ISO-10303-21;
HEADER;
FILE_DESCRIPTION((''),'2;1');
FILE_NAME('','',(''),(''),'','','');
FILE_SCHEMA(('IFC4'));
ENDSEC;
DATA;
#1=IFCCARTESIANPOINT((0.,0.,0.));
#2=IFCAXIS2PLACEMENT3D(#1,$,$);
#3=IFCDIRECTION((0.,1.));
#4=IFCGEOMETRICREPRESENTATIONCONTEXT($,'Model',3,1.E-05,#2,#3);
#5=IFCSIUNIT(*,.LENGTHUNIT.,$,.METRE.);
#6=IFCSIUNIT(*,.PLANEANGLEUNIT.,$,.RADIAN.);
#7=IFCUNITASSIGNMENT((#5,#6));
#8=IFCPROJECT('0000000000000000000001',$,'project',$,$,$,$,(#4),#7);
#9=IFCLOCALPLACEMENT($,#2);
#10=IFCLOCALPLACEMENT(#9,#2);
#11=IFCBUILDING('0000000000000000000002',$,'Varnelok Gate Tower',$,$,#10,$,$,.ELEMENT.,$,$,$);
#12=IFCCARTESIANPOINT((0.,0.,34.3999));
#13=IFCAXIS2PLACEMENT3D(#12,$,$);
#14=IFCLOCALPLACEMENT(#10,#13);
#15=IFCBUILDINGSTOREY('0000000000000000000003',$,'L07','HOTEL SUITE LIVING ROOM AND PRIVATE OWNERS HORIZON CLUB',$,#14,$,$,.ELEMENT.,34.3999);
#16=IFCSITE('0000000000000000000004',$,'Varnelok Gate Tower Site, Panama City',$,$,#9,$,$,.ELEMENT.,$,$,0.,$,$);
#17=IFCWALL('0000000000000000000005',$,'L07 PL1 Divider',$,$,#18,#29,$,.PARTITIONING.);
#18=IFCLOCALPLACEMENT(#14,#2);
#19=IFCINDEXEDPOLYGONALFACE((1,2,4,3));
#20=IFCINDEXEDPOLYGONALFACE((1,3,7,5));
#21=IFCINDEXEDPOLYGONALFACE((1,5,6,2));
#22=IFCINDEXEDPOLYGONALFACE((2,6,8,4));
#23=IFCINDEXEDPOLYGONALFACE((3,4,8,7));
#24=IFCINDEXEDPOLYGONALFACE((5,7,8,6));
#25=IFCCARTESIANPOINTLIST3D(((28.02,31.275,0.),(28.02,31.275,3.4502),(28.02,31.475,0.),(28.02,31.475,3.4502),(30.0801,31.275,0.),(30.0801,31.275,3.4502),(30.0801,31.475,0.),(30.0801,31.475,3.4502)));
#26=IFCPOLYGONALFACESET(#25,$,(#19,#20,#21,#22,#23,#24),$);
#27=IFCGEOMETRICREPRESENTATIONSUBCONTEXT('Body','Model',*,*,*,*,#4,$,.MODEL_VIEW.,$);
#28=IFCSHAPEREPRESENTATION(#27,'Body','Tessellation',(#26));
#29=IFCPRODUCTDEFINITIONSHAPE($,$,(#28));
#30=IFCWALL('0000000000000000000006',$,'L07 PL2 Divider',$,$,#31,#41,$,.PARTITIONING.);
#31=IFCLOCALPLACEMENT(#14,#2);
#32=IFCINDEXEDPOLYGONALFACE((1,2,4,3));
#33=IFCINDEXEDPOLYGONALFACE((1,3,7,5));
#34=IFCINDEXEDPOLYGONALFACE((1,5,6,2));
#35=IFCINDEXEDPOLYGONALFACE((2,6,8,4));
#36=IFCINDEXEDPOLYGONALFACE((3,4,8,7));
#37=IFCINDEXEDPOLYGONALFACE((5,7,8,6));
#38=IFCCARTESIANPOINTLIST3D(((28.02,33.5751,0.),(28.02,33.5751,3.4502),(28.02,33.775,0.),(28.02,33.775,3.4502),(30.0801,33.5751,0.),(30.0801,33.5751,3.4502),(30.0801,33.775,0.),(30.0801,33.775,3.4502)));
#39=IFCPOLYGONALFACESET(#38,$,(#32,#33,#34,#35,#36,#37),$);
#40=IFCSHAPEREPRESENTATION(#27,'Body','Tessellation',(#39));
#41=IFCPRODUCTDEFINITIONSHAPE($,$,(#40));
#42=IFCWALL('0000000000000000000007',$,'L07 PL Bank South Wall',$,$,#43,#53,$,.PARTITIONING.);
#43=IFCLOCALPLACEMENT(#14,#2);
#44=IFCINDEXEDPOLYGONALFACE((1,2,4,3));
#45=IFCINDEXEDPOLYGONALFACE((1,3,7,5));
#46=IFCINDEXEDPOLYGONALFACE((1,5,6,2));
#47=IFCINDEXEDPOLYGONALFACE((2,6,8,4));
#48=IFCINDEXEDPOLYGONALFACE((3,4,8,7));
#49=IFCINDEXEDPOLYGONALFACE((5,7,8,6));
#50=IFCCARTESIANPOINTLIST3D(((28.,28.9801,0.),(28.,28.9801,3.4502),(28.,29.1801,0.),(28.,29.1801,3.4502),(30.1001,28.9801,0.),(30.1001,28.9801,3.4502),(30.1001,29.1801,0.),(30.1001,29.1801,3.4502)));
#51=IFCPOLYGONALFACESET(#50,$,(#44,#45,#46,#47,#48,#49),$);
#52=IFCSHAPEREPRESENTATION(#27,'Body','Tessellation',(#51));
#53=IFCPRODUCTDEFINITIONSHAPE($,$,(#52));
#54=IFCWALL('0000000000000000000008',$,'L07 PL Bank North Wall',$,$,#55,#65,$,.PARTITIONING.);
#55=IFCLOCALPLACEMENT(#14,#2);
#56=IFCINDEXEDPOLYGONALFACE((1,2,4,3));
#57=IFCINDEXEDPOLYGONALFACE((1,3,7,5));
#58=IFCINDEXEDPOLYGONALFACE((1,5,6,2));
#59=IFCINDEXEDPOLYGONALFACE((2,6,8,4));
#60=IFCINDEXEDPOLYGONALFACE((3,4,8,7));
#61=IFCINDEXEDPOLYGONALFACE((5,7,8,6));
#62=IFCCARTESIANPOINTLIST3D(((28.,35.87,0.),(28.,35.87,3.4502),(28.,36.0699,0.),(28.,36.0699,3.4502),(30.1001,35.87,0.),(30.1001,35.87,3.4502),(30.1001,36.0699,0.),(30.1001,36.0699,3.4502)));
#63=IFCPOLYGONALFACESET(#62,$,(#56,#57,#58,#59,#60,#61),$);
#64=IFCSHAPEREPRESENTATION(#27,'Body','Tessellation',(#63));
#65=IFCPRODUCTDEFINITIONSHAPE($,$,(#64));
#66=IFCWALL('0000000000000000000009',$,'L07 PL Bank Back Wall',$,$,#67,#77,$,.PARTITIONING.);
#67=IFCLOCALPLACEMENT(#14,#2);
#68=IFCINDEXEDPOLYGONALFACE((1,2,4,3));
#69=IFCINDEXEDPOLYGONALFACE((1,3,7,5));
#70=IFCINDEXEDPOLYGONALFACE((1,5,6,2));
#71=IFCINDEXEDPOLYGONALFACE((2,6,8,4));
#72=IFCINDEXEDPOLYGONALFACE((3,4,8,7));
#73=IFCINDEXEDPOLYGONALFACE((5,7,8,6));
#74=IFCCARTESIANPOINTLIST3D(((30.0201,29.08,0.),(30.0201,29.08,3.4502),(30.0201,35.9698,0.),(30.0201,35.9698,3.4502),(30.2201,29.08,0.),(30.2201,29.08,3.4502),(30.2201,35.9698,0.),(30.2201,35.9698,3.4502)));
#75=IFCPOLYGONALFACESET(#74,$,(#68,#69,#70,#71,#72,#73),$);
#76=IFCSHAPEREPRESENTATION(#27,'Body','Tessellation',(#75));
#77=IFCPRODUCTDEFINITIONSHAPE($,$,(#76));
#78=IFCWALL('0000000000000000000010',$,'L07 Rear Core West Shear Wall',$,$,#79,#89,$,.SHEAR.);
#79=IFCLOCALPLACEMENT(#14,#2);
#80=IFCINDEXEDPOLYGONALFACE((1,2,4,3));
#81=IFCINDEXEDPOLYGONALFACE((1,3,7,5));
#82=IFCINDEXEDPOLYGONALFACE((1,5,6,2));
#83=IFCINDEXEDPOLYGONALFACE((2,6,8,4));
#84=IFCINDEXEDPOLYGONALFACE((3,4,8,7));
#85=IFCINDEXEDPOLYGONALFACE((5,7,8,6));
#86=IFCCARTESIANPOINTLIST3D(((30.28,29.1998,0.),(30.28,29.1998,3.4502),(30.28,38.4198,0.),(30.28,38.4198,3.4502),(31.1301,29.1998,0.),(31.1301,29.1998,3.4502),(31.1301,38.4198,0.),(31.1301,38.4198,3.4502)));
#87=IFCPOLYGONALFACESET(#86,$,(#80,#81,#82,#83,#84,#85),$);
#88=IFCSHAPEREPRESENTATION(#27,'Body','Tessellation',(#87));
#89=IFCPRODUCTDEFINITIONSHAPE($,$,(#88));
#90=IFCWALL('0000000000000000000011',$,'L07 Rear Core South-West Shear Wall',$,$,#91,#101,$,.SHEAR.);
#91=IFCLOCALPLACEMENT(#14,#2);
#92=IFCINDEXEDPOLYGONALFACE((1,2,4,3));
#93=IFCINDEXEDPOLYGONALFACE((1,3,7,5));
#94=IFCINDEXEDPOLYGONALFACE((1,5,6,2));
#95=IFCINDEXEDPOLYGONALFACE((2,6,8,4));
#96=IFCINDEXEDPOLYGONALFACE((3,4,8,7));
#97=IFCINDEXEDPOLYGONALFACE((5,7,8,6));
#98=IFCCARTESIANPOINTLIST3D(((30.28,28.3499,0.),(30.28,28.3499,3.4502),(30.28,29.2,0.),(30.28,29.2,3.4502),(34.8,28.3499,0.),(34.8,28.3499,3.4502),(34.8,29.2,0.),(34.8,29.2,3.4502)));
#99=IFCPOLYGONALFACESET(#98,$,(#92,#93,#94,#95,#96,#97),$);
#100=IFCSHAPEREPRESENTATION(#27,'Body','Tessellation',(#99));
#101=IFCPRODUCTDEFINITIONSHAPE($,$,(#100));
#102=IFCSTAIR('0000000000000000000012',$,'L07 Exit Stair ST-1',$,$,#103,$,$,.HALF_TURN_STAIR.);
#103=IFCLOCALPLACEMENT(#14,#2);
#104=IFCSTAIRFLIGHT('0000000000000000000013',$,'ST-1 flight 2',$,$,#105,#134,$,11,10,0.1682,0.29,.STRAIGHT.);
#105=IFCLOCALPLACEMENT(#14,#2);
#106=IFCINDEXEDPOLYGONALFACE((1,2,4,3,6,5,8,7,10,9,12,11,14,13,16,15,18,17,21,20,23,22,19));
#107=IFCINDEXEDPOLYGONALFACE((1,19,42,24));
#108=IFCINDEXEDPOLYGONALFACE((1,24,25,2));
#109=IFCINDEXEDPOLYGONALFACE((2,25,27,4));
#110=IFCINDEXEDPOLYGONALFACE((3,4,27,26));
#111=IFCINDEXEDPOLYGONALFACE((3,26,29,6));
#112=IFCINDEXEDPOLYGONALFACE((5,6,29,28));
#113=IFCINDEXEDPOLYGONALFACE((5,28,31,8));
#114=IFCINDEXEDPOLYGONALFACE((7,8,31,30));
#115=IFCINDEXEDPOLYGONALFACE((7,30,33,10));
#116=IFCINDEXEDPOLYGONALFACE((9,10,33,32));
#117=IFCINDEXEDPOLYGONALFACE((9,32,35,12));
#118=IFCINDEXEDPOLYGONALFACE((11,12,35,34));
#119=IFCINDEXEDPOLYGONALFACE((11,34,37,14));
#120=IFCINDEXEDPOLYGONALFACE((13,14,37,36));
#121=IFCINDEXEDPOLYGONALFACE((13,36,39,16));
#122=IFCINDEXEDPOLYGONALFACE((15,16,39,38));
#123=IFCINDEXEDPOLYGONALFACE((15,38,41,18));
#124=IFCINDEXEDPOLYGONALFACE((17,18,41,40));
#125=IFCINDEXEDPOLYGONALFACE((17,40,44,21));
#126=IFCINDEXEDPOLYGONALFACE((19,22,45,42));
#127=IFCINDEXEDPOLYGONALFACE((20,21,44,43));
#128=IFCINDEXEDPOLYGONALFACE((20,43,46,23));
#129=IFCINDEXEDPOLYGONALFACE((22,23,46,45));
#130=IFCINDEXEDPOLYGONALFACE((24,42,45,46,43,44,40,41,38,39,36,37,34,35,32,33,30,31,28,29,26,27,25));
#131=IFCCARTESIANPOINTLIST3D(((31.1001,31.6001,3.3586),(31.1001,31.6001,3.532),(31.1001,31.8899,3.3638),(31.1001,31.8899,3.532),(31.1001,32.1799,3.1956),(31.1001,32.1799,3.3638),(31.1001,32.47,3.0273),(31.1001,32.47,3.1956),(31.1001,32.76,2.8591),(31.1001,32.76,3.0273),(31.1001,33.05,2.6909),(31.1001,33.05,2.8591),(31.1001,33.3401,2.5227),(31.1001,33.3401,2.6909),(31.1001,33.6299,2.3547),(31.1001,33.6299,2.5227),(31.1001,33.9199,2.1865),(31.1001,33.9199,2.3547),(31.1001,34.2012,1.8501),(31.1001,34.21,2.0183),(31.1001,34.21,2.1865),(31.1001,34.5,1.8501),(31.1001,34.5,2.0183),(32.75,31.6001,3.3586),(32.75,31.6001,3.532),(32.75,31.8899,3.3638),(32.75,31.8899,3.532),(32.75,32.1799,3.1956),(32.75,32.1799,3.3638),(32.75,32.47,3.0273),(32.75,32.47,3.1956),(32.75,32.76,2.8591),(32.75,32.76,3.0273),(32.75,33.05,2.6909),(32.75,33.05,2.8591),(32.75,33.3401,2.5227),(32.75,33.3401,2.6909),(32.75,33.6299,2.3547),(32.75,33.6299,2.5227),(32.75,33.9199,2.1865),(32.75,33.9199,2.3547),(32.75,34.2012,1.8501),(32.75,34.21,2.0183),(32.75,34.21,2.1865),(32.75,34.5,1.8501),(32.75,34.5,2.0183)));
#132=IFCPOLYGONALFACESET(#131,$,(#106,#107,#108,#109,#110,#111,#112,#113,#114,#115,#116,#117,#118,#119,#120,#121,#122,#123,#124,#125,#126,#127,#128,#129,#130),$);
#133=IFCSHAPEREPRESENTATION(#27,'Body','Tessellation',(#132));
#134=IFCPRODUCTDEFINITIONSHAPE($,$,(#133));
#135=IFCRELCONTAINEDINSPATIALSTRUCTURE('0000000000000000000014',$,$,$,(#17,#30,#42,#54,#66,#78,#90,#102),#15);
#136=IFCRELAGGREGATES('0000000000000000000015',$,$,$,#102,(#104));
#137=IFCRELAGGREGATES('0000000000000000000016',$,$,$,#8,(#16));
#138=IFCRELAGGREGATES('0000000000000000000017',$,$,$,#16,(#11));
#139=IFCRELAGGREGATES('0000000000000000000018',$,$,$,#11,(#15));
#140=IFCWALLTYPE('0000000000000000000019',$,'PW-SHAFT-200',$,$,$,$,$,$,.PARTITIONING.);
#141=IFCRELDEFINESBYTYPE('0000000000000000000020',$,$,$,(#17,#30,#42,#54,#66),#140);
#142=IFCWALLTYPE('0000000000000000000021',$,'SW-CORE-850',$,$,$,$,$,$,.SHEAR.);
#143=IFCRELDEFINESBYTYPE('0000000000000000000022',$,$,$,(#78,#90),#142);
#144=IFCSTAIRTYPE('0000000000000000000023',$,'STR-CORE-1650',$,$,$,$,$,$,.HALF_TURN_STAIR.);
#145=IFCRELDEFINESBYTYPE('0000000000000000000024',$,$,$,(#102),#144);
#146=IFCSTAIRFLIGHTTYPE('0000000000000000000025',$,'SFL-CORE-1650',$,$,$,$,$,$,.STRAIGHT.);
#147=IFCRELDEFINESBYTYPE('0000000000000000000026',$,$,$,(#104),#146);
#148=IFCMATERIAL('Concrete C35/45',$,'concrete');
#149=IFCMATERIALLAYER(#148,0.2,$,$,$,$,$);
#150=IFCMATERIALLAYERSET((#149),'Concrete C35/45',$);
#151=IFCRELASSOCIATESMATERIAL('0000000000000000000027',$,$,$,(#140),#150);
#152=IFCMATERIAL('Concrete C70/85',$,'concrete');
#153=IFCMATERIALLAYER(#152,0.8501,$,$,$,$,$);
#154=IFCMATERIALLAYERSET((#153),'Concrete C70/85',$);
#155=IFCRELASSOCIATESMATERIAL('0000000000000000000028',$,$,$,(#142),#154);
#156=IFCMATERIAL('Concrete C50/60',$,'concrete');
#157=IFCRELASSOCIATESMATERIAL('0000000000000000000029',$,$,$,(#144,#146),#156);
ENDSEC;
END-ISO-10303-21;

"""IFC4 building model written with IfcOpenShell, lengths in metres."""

from ifc_helpers import new_model, si_unit, direction, frame, frame_2d, origin, place, context, subcontext, project, spatial, polyline, rectangle, outline, extrude, material, layer, layer_set, type_object, element, aggregate, save


model = new_model("IFC4")

# Units and contexts
model_context = context("Model", 3, precision=1e-05, world=origin(), true_north=direction((0.0, 1.0)))
body_context = subcontext(model_context, "Body", "Model", "MODEL_VIEW")
ifc_project = project(units=[si_unit("LENGTHUNIT", "METRE"), si_unit("PLANEANGLEUNIT", "RADIAN")], contexts=[model_context])

# Site, building, storey
site_placement = place(None, origin())
site = spatial("IfcSite", under=ifc_project, at=site_placement, Name="Varnelok Gate Tower Site, Panama City", CompositionType="ELEMENT", RefElevation=0.0)
building_placement = place(site_placement, origin())
building = spatial("IfcBuilding", under=site, at=building_placement, Name="Varnelok Gate Tower", CompositionType="ELEMENT")
storey_placement = place(building_placement, frame((0.0, 0.0, 34.3999)))
storey = spatial("IfcBuildingStorey", under=building, at=storey_placement, Name="L07", Description="HOTEL SUITE LIVING ROOM AND PRIVATE OWNERS HORIZON CLUB", CompositionType="ELEMENT", Elevation=34.3999)

# Walls
ifc_material_1 = material(Name="Concrete C35/45", Category="concrete")
ifc_layer_1 = layer(ifc_material_1, 0.2)
ifc_layer_set_1 = layer_set([ifc_layer_1], Name="Concrete C35/45")
wall_type_1 = type_object("IfcWallType", Name="PW-SHAFT-200", PredefinedType="PARTITIONING", material=ifc_layer_set_1)
for number, where, z_axis, x_axis, name in (
    (1, (28.02, 31.375, 0.0), (0.0, 0.0, 1.0), (1.0, 0.0, 0.0), "L07 PL1 Divider"),
    (2, (28.02, 33.675, 0.0), (0.0, 0.0, 1.0), (1.0, 0.0, 0.0), "L07 PL2 Divider"),
):
    element("IfcWall", number, at=place(storey_placement, frame(where, z_axis=z_axis, x_axis=x_axis)), inside=storey, type_object=wall_type_1, Name=name, PredefinedType="PARTITIONING", context=body_context, shape_type="SweptSolid", body=[
        extrude(rectangle(XDim=2.0601, YDim=0.2, at=frame_2d((1.03, 0.0))), origin(), (0.0, 0.0, 1.0), 3.4502),
    ])
for number, where, z_axis, x_axis, name in (
    (3, (28.0, 29.0801, 0.0), (0.0, 0.0, 1.0), (1.0, 0.0, 0.0), "L07 PL Bank South Wall"),
    (4, (28.0, 35.97, 0.0), (0.0, 0.0, 1.0), (1.0, 0.0, 0.0), "L07 PL Bank North Wall"),
):
    element("IfcWall", number, at=place(storey_placement, frame(where, z_axis=z_axis, x_axis=x_axis)), inside=storey, type_object=wall_type_1, Name=name, PredefinedType="PARTITIONING", context=body_context, shape_type="SweptSolid", body=[
        extrude(rectangle(XDim=2.1001, YDim=0.2, at=frame_2d((1.05, 0.0))), origin(), (0.0, 0.0, 1.0), 3.4502),
    ])
wall_1_placement = place(storey_placement, frame((30.1201, 29.0801, 0.0), z_axis=(0.0, 0.0, 1.0), x_axis=(0.0, 1.0, 0.0)))
element("IfcWall", 5, at=wall_1_placement, inside=storey, type_object=wall_type_1, Name="L07 PL Bank Back Wall", PredefinedType="PARTITIONING", context=body_context, shape_type="SweptSolid", body=[
    extrude(rectangle(XDim=6.8899, YDim=0.2, at=frame_2d((3.4448, 0.0))), origin(), (0.0, 0.0, 1.0), 3.4502),
])

# Walls
ifc_material_2 = material(Name="Concrete C70/85", Category="concrete")
ifc_layer_2 = layer(ifc_material_2, 0.8501)
ifc_layer_set_2 = layer_set([ifc_layer_2], Name="Concrete C70/85")
wall_type_2 = type_object("IfcWallType", Name="SW-CORE-850", PredefinedType="SHEAR", material=ifc_layer_set_2)
wall_2_placement = place(storey_placement, frame((30.7051, 29.2, 0.0), z_axis=(0.0, 0.0, 1.0), x_axis=(0.0, 1.0, 0.0)))
element("IfcWall", 6, at=wall_2_placement, inside=storey, type_object=wall_type_2, Name="L07 Rear Core West Shear Wall", PredefinedType="SHEAR", context=body_context, shape_type="SweptSolid", body=[
    extrude(rectangle(XDim=9.22, YDim=0.8501, at=frame_2d((4.6099, 0.0))), origin(), (0.0, 0.0, 1.0), 3.4502),
])
wall_3_placement = place(storey_placement, frame((30.28, 28.7749, 0.0), z_axis=(0.0, 0.0, 1.0), x_axis=(1.0, 0.0, 0.0)))
element("IfcWall", 7, at=wall_3_placement, inside=storey, type_object=wall_type_2, Name="L07 Rear Core South-West Shear Wall", PredefinedType="SHEAR", context=body_context, shape_type="SweptSolid", body=[
    extrude(rectangle(XDim=4.52, YDim=0.8501, at=frame_2d((2.26, 0.0))), origin(), (0.0, 0.0, 1.0), 3.4502),
])

# Stair, stair flight
ifc_material_3 = material(Name="Concrete C50/60", Category="concrete")
stair_type = type_object("IfcStairType", Name="STR-CORE-1650", PredefinedType="HALF_TURN_STAIR", material=ifc_material_3)
stair_placement = place(storey_placement, origin())
stair = element("IfcStair", 8, at=stair_placement, inside=storey, type_object=stair_type, Name="L07 Exit Stair ST-1", PredefinedType="HALF_TURN_STAIR")
stair_flight_type = type_object("IfcStairFlightType", Name="SFL-CORE-1650", PredefinedType="STRAIGHT", material=ifc_material_3)
stair_flight_placement = place(storey_placement, frame((31.925, 34.5, 1.8501), z_axis=(0.0, 0.0, 1.0), x_axis=(0.0, -1.0, 0.0)))
stair_flight = element("IfcStairFlight", 9, at=stair_flight_placement, type_object=stair_flight_type, Name="ST-1 flight 2", NumberOfRisers=11, NumberOfTreads=10, PredefinedType="STRAIGHT", RiserHeight=0.1682, TreadLength=0.29, context=body_context, shape_type="SweptSolid", body=[
    extrude(outline(polyline([(0.0, 0.0), (0.0, 0.1682), (0.29, 0.1682), (0.29, 0.3364), (0.5801, 0.3364), (0.5801, 0.5046), (0.8701, 0.5046), (0.8701, 0.6726), (1.1599, 0.6726), (1.1599, 0.8408), (1.45, 0.8408), (1.45, 1.009), (1.74, 1.009), (1.74, 1.1772), (2.03, 1.1772), (2.03, 1.3455), (2.3201, 1.3455), (2.3201, 1.5137), (2.6101, 1.5137), (2.6101, 1.6819), (2.8999, 1.6819), (2.8999, 1.8501), (2.8999, 1.5085), (0.2988, 0.0), (0.0, 0.0)])), frame((0.0, 0.825, 0.0), z_axis=(0.0, -1.0, 0.0), x_axis=(1.0, 0.0, 0.0)), (0.0, 0.0, 1.0), 1.6499),
])
aggregate(stair, [stair_flight])

save(model, "model.ifc")
